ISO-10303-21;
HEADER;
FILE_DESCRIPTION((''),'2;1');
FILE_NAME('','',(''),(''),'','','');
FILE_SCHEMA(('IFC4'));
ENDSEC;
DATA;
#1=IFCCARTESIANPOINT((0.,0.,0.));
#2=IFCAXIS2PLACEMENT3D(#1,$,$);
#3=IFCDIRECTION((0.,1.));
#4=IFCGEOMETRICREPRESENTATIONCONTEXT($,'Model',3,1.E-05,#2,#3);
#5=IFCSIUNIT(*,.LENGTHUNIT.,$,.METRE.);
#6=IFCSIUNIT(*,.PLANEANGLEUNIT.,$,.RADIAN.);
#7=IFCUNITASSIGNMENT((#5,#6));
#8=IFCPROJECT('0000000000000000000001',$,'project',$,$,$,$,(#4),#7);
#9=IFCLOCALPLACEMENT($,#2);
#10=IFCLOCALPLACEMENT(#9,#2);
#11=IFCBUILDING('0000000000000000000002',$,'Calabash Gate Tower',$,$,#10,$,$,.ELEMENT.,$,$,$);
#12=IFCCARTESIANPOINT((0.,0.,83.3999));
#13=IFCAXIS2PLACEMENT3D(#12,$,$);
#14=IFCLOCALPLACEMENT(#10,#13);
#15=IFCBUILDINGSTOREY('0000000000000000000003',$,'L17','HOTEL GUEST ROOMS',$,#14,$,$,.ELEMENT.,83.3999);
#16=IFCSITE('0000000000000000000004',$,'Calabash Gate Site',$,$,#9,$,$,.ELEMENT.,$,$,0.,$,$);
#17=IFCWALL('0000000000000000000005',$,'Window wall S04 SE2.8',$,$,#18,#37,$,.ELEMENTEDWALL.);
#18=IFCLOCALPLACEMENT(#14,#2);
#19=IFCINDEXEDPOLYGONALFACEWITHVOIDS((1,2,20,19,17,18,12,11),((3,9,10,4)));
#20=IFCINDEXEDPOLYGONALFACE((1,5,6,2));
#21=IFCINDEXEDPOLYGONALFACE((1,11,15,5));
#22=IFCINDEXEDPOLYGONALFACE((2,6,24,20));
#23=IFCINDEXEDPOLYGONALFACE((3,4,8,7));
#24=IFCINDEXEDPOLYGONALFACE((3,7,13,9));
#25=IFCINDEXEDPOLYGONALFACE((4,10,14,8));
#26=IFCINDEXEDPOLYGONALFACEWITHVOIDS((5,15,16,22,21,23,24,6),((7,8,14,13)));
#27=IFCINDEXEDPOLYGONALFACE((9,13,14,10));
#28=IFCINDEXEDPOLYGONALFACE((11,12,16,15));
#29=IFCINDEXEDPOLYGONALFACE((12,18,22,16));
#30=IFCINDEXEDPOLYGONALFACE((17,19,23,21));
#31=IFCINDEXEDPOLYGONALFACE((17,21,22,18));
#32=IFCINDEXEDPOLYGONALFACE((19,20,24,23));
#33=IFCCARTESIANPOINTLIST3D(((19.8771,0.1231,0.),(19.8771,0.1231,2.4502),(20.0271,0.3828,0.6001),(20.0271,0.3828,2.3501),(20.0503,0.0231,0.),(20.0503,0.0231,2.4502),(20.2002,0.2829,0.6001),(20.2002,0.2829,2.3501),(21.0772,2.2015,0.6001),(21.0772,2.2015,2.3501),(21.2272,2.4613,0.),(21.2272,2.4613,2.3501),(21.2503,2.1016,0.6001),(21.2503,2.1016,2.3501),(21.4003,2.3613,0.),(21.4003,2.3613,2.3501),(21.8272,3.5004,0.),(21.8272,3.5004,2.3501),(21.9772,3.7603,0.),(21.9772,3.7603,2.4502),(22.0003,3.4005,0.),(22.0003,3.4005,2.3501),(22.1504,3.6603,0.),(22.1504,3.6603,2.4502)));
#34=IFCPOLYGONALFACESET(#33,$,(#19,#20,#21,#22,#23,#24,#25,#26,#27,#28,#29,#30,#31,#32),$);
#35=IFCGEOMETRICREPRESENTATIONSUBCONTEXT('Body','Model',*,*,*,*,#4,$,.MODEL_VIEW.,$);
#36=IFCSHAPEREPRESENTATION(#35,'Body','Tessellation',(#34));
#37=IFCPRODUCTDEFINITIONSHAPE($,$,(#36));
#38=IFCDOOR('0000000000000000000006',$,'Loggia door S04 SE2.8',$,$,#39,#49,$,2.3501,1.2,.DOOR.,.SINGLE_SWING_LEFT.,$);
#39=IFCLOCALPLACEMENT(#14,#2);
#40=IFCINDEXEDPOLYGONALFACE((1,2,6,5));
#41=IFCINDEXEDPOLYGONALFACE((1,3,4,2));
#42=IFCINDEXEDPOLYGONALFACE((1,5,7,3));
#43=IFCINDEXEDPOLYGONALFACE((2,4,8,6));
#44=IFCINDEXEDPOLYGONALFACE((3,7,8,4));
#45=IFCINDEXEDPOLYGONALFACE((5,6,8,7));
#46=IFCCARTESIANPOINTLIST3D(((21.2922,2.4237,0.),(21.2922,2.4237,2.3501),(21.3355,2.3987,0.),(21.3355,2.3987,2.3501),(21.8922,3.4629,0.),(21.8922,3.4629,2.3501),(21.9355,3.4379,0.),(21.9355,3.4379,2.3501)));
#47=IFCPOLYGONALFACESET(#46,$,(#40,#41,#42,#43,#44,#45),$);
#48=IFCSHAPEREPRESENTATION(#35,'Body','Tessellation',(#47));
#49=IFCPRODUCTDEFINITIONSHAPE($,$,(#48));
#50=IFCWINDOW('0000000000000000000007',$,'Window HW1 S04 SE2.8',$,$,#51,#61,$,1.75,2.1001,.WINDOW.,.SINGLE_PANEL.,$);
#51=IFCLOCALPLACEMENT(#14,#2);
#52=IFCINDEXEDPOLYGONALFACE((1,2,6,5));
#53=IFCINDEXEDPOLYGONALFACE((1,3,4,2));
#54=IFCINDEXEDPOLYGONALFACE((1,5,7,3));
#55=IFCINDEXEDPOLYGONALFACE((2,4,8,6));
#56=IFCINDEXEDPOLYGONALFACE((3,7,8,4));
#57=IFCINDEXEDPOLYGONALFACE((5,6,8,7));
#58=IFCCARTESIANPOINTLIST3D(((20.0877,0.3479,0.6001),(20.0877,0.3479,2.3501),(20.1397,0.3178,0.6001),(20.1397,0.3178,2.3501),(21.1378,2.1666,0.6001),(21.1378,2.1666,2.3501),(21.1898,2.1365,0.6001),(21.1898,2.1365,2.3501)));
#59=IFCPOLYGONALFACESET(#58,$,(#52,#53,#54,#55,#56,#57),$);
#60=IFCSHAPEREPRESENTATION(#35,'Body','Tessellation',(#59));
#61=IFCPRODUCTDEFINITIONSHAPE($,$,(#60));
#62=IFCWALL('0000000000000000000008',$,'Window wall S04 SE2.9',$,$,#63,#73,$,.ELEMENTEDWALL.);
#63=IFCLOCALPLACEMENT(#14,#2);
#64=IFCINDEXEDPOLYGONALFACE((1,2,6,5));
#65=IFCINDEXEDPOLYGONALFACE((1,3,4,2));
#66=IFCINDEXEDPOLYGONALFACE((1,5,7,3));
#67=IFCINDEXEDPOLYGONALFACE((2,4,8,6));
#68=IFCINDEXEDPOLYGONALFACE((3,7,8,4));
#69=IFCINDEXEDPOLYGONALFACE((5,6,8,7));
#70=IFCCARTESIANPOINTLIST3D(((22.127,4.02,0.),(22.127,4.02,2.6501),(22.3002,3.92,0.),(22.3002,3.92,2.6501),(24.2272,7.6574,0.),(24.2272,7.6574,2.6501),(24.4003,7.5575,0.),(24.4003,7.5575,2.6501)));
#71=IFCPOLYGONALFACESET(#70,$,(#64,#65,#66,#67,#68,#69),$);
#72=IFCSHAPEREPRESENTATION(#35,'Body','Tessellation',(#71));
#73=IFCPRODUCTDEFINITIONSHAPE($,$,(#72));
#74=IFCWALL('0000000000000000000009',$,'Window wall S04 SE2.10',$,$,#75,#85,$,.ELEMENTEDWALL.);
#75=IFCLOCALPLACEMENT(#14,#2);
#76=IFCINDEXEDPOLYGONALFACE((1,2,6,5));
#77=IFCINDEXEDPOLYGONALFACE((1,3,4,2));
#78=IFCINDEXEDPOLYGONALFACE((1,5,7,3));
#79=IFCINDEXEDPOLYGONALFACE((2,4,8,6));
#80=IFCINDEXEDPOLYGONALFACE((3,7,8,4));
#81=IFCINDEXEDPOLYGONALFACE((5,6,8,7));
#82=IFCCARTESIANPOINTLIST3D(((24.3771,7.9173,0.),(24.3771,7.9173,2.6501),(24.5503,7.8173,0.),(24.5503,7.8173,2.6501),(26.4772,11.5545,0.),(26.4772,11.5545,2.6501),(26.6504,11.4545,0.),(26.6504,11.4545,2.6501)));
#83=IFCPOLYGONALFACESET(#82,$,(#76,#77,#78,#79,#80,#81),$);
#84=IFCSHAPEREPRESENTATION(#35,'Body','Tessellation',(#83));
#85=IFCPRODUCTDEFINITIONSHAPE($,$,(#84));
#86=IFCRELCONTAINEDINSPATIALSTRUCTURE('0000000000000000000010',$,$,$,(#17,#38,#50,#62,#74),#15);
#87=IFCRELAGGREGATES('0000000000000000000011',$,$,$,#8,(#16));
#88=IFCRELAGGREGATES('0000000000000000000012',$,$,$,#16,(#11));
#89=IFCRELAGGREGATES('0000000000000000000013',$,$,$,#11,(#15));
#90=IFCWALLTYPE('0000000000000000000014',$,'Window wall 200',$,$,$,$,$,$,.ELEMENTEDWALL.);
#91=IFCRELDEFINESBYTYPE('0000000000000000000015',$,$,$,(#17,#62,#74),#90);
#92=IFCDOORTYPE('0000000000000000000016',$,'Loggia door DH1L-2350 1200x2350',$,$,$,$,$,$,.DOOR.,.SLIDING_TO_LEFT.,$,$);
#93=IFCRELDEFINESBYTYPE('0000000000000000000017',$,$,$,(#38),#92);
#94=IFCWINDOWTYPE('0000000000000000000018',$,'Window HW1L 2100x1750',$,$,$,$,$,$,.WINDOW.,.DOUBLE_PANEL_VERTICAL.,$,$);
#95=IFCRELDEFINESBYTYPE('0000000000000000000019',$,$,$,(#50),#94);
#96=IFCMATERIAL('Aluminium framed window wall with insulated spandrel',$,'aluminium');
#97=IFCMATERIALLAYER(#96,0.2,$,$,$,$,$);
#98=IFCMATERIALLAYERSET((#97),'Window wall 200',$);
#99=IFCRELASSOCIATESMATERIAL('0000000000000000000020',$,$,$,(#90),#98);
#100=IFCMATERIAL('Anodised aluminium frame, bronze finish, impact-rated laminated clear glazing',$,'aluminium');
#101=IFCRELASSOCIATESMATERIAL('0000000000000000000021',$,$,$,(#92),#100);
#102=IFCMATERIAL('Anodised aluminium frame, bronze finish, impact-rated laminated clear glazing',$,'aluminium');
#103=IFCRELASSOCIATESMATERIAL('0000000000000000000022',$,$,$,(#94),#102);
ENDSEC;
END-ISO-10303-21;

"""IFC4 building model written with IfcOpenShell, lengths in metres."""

from ifc_helpers import new_model, si_unit, direction, frame, frame_2d, origin, place, context, subcontext, project, spatial, rectangle, extrude, material, layer, layer_set, type_object, element, fill, save


model = new_model("IFC4")

# Units and contexts
model_context = context("Model", 3, precision=1e-05, world=origin(), true_north=direction((0.0, 1.0)))
body_context = subcontext(model_context, "Body", "Model", "MODEL_VIEW")
ifc_project = project(units=[si_unit("LENGTHUNIT", "METRE"), si_unit("PLANEANGLEUNIT", "RADIAN")], contexts=[model_context])

# Site, building, storey
site_placement = place(None, origin())
site = spatial("IfcSite", under=ifc_project, at=site_placement, Name="Calabash Gate Site", CompositionType="ELEMENT", RefElevation=0.0)
building_placement = place(site_placement, origin())
building = spatial("IfcBuilding", under=site, at=building_placement, Name="Calabash Gate Tower", CompositionType="ELEMENT")
storey_placement = place(building_placement, frame((0.0, 0.0, 83.3999)))
storey = spatial("IfcBuildingStorey", under=building, at=storey_placement, Name="L17", Description="HOTEL GUEST ROOMS", CompositionType="ELEMENT", Elevation=83.3999)

# Wall, openings, door, window
ifc_material_1 = material(Name="Aluminium framed window wall with insulated spandrel", Category="aluminium")
ifc_layer_1 = layer(ifc_material_1, 0.2)
ifc_layer_set_1 = layer_set([ifc_layer_1], Name="Window wall 200")
wall_type_1 = type_object("IfcWallType", Name="Window wall 200", PredefinedType="ELEMENTEDWALL", material=ifc_layer_set_1)
wall_1_placement = place(storey_placement, frame((19.9636, 0.073, 0.0), z_axis=(0.0, 0.0, 1.0), x_axis=(0.500028, 0.866009, 0.0)))
wall_1 = element("IfcWall", 1, at=wall_1_placement, inside=storey, type_object=wall_type_1, Name="Window wall S04 SE2.8", PredefinedType="ELEMENTEDWALL", context=body_context, shape_type="SweptSolid", body=[
    extrude(rectangle(XDim=4.2, YDim=0.2, at=frame_2d((2.1001, 0.0))), origin(), (0.0, 0.0, 1.0), 2.4502),
])
opening_1_placement = place(wall_1_placement, frame((0.3, 0.0, 0.6001)))
opening_1 = element("IfcOpeningElement", 2, at=opening_1_placement, cuts=wall_1, PredefinedType="OPENING", context=body_context, shape_type="SweptSolid", body=[
    extrude(rectangle(XDim=2.1001, YDim=1.75, at=frame_2d((1.05, 0.875))), frame((0.0, 0.1099, 0.0), z_axis=(0.0, -1.0, 0.0), x_axis=(1.0, 0.0, 0.0)), (0.0, 0.0, 1.0), 0.22),
])
opening_2_placement = place(wall_1_placement, frame((2.7, 0.0, 0.0)))
opening_2 = element("IfcOpeningElement", 3, at=opening_2_placement, cuts=wall_1, PredefinedType="OPENING", context=body_context, shape_type="SweptSolid", body=[
    extrude(rectangle(XDim=1.2, YDim=2.3501, at=frame_2d((0.6001, 1.175))), frame((0.0, 0.1099, 0.0), z_axis=(0.0, -1.0, 0.0), x_axis=(1.0, 0.0, 0.0)), (0.0, 0.0, 1.0), 0.22),
])
ifc_material_2 = material(Name="Anodised aluminium frame, bronze finish, impact-rated laminated clear glazing", Category="aluminium")
door_type_1 = type_object("IfcDoorType", Name="Loggia door DH1L-2350 1200x2350", OperationType="SLIDING_TO_LEFT", PredefinedType="DOOR", material=ifc_material_2)
door_1_placement = place(opening_2_placement, origin())
door_1 = element("IfcDoor", 4, at=door_1_placement, inside=storey, type_object=door_type_1, Name="Loggia door S04 SE2.8", OperationType="SINGLE_SWING_LEFT", OverallHeight=2.3501, OverallWidth=1.2, PredefinedType="DOOR", context=body_context, shape_type="SweptSolid", body=[
    extrude(rectangle(XDim=1.2, YDim=2.3501, at=frame_2d((0.6001, 1.175))), frame((0.0, 0.0249, 0.0), z_axis=(0.0, -1.0, 0.0), x_axis=(1.0, 0.0, 0.0)), (0.0, 0.0, 1.0), 0.05),
])
fill(opening_2, door_1)
ifc_material_3 = material(Name="Anodised aluminium frame, bronze finish, impact-rated laminated clear glazing", Category="aluminium")
window_type = type_object("IfcWindowType", Name="Window HW1L 2100x1750", PartitioningType="DOUBLE_PANEL_VERTICAL", PredefinedType="WINDOW", material=ifc_material_3)
window_placement = place(opening_1_placement, origin())
window = element("IfcWindow", 5, at=window_placement, inside=storey, type_object=window_type, Name="Window HW1 S04 SE2.8", OverallHeight=1.75, OverallWidth=2.1001, PartitioningType="SINGLE_PANEL", PredefinedType="WINDOW", context=body_context, shape_type="SweptSolid", body=[
    extrude(rectangle(XDim=2.1001, YDim=1.75, at=frame_2d((1.05, 0.875))), frame((0.0, 0.03, 0.0), z_axis=(0.0, -1.0, 0.0), x_axis=(1.0, 0.0, 0.0)), (0.0, 0.0, 1.0), 0.0601),
])
fill(opening_1, window)

# Walls
wall_2_placement = place(storey_placement, frame((22.2136, 3.97, 0.0), z_axis=(0.0, 0.0, 1.0), x_axis=(0.500003, 0.866024, 0.0)))
element("IfcWall", 6, at=wall_2_placement, inside=storey, type_object=wall_type_1, Name="Window wall S04 SE2.9", PredefinedType="ELEMENTEDWALL", context=body_context, shape_type="SweptSolid", body=[
    extrude(rectangle(XDim=4.2002, YDim=0.2, at=frame_2d((2.1001, 0.0))), origin(), (0.0, 0.0, 1.0), 2.6501),
])
wall_3_placement = place(storey_placement, frame((24.4636, 7.8672, 0.0), z_axis=(0.0, 0.0, 1.0), x_axis=(0.500028, 0.866009, 0.0)))
element("IfcWall", 7, at=wall_3_placement, inside=storey, type_object=wall_type_1, Name="Window wall S04 SE2.10", PredefinedType="ELEMENTEDWALL", context=body_context, shape_type="SweptSolid", body=[
    extrude(rectangle(XDim=4.2, YDim=0.2, at=frame_2d((2.1001, 0.0))), origin(), (0.0, 0.0, 1.0), 2.6501),
])

save(model, "model.ifc")
